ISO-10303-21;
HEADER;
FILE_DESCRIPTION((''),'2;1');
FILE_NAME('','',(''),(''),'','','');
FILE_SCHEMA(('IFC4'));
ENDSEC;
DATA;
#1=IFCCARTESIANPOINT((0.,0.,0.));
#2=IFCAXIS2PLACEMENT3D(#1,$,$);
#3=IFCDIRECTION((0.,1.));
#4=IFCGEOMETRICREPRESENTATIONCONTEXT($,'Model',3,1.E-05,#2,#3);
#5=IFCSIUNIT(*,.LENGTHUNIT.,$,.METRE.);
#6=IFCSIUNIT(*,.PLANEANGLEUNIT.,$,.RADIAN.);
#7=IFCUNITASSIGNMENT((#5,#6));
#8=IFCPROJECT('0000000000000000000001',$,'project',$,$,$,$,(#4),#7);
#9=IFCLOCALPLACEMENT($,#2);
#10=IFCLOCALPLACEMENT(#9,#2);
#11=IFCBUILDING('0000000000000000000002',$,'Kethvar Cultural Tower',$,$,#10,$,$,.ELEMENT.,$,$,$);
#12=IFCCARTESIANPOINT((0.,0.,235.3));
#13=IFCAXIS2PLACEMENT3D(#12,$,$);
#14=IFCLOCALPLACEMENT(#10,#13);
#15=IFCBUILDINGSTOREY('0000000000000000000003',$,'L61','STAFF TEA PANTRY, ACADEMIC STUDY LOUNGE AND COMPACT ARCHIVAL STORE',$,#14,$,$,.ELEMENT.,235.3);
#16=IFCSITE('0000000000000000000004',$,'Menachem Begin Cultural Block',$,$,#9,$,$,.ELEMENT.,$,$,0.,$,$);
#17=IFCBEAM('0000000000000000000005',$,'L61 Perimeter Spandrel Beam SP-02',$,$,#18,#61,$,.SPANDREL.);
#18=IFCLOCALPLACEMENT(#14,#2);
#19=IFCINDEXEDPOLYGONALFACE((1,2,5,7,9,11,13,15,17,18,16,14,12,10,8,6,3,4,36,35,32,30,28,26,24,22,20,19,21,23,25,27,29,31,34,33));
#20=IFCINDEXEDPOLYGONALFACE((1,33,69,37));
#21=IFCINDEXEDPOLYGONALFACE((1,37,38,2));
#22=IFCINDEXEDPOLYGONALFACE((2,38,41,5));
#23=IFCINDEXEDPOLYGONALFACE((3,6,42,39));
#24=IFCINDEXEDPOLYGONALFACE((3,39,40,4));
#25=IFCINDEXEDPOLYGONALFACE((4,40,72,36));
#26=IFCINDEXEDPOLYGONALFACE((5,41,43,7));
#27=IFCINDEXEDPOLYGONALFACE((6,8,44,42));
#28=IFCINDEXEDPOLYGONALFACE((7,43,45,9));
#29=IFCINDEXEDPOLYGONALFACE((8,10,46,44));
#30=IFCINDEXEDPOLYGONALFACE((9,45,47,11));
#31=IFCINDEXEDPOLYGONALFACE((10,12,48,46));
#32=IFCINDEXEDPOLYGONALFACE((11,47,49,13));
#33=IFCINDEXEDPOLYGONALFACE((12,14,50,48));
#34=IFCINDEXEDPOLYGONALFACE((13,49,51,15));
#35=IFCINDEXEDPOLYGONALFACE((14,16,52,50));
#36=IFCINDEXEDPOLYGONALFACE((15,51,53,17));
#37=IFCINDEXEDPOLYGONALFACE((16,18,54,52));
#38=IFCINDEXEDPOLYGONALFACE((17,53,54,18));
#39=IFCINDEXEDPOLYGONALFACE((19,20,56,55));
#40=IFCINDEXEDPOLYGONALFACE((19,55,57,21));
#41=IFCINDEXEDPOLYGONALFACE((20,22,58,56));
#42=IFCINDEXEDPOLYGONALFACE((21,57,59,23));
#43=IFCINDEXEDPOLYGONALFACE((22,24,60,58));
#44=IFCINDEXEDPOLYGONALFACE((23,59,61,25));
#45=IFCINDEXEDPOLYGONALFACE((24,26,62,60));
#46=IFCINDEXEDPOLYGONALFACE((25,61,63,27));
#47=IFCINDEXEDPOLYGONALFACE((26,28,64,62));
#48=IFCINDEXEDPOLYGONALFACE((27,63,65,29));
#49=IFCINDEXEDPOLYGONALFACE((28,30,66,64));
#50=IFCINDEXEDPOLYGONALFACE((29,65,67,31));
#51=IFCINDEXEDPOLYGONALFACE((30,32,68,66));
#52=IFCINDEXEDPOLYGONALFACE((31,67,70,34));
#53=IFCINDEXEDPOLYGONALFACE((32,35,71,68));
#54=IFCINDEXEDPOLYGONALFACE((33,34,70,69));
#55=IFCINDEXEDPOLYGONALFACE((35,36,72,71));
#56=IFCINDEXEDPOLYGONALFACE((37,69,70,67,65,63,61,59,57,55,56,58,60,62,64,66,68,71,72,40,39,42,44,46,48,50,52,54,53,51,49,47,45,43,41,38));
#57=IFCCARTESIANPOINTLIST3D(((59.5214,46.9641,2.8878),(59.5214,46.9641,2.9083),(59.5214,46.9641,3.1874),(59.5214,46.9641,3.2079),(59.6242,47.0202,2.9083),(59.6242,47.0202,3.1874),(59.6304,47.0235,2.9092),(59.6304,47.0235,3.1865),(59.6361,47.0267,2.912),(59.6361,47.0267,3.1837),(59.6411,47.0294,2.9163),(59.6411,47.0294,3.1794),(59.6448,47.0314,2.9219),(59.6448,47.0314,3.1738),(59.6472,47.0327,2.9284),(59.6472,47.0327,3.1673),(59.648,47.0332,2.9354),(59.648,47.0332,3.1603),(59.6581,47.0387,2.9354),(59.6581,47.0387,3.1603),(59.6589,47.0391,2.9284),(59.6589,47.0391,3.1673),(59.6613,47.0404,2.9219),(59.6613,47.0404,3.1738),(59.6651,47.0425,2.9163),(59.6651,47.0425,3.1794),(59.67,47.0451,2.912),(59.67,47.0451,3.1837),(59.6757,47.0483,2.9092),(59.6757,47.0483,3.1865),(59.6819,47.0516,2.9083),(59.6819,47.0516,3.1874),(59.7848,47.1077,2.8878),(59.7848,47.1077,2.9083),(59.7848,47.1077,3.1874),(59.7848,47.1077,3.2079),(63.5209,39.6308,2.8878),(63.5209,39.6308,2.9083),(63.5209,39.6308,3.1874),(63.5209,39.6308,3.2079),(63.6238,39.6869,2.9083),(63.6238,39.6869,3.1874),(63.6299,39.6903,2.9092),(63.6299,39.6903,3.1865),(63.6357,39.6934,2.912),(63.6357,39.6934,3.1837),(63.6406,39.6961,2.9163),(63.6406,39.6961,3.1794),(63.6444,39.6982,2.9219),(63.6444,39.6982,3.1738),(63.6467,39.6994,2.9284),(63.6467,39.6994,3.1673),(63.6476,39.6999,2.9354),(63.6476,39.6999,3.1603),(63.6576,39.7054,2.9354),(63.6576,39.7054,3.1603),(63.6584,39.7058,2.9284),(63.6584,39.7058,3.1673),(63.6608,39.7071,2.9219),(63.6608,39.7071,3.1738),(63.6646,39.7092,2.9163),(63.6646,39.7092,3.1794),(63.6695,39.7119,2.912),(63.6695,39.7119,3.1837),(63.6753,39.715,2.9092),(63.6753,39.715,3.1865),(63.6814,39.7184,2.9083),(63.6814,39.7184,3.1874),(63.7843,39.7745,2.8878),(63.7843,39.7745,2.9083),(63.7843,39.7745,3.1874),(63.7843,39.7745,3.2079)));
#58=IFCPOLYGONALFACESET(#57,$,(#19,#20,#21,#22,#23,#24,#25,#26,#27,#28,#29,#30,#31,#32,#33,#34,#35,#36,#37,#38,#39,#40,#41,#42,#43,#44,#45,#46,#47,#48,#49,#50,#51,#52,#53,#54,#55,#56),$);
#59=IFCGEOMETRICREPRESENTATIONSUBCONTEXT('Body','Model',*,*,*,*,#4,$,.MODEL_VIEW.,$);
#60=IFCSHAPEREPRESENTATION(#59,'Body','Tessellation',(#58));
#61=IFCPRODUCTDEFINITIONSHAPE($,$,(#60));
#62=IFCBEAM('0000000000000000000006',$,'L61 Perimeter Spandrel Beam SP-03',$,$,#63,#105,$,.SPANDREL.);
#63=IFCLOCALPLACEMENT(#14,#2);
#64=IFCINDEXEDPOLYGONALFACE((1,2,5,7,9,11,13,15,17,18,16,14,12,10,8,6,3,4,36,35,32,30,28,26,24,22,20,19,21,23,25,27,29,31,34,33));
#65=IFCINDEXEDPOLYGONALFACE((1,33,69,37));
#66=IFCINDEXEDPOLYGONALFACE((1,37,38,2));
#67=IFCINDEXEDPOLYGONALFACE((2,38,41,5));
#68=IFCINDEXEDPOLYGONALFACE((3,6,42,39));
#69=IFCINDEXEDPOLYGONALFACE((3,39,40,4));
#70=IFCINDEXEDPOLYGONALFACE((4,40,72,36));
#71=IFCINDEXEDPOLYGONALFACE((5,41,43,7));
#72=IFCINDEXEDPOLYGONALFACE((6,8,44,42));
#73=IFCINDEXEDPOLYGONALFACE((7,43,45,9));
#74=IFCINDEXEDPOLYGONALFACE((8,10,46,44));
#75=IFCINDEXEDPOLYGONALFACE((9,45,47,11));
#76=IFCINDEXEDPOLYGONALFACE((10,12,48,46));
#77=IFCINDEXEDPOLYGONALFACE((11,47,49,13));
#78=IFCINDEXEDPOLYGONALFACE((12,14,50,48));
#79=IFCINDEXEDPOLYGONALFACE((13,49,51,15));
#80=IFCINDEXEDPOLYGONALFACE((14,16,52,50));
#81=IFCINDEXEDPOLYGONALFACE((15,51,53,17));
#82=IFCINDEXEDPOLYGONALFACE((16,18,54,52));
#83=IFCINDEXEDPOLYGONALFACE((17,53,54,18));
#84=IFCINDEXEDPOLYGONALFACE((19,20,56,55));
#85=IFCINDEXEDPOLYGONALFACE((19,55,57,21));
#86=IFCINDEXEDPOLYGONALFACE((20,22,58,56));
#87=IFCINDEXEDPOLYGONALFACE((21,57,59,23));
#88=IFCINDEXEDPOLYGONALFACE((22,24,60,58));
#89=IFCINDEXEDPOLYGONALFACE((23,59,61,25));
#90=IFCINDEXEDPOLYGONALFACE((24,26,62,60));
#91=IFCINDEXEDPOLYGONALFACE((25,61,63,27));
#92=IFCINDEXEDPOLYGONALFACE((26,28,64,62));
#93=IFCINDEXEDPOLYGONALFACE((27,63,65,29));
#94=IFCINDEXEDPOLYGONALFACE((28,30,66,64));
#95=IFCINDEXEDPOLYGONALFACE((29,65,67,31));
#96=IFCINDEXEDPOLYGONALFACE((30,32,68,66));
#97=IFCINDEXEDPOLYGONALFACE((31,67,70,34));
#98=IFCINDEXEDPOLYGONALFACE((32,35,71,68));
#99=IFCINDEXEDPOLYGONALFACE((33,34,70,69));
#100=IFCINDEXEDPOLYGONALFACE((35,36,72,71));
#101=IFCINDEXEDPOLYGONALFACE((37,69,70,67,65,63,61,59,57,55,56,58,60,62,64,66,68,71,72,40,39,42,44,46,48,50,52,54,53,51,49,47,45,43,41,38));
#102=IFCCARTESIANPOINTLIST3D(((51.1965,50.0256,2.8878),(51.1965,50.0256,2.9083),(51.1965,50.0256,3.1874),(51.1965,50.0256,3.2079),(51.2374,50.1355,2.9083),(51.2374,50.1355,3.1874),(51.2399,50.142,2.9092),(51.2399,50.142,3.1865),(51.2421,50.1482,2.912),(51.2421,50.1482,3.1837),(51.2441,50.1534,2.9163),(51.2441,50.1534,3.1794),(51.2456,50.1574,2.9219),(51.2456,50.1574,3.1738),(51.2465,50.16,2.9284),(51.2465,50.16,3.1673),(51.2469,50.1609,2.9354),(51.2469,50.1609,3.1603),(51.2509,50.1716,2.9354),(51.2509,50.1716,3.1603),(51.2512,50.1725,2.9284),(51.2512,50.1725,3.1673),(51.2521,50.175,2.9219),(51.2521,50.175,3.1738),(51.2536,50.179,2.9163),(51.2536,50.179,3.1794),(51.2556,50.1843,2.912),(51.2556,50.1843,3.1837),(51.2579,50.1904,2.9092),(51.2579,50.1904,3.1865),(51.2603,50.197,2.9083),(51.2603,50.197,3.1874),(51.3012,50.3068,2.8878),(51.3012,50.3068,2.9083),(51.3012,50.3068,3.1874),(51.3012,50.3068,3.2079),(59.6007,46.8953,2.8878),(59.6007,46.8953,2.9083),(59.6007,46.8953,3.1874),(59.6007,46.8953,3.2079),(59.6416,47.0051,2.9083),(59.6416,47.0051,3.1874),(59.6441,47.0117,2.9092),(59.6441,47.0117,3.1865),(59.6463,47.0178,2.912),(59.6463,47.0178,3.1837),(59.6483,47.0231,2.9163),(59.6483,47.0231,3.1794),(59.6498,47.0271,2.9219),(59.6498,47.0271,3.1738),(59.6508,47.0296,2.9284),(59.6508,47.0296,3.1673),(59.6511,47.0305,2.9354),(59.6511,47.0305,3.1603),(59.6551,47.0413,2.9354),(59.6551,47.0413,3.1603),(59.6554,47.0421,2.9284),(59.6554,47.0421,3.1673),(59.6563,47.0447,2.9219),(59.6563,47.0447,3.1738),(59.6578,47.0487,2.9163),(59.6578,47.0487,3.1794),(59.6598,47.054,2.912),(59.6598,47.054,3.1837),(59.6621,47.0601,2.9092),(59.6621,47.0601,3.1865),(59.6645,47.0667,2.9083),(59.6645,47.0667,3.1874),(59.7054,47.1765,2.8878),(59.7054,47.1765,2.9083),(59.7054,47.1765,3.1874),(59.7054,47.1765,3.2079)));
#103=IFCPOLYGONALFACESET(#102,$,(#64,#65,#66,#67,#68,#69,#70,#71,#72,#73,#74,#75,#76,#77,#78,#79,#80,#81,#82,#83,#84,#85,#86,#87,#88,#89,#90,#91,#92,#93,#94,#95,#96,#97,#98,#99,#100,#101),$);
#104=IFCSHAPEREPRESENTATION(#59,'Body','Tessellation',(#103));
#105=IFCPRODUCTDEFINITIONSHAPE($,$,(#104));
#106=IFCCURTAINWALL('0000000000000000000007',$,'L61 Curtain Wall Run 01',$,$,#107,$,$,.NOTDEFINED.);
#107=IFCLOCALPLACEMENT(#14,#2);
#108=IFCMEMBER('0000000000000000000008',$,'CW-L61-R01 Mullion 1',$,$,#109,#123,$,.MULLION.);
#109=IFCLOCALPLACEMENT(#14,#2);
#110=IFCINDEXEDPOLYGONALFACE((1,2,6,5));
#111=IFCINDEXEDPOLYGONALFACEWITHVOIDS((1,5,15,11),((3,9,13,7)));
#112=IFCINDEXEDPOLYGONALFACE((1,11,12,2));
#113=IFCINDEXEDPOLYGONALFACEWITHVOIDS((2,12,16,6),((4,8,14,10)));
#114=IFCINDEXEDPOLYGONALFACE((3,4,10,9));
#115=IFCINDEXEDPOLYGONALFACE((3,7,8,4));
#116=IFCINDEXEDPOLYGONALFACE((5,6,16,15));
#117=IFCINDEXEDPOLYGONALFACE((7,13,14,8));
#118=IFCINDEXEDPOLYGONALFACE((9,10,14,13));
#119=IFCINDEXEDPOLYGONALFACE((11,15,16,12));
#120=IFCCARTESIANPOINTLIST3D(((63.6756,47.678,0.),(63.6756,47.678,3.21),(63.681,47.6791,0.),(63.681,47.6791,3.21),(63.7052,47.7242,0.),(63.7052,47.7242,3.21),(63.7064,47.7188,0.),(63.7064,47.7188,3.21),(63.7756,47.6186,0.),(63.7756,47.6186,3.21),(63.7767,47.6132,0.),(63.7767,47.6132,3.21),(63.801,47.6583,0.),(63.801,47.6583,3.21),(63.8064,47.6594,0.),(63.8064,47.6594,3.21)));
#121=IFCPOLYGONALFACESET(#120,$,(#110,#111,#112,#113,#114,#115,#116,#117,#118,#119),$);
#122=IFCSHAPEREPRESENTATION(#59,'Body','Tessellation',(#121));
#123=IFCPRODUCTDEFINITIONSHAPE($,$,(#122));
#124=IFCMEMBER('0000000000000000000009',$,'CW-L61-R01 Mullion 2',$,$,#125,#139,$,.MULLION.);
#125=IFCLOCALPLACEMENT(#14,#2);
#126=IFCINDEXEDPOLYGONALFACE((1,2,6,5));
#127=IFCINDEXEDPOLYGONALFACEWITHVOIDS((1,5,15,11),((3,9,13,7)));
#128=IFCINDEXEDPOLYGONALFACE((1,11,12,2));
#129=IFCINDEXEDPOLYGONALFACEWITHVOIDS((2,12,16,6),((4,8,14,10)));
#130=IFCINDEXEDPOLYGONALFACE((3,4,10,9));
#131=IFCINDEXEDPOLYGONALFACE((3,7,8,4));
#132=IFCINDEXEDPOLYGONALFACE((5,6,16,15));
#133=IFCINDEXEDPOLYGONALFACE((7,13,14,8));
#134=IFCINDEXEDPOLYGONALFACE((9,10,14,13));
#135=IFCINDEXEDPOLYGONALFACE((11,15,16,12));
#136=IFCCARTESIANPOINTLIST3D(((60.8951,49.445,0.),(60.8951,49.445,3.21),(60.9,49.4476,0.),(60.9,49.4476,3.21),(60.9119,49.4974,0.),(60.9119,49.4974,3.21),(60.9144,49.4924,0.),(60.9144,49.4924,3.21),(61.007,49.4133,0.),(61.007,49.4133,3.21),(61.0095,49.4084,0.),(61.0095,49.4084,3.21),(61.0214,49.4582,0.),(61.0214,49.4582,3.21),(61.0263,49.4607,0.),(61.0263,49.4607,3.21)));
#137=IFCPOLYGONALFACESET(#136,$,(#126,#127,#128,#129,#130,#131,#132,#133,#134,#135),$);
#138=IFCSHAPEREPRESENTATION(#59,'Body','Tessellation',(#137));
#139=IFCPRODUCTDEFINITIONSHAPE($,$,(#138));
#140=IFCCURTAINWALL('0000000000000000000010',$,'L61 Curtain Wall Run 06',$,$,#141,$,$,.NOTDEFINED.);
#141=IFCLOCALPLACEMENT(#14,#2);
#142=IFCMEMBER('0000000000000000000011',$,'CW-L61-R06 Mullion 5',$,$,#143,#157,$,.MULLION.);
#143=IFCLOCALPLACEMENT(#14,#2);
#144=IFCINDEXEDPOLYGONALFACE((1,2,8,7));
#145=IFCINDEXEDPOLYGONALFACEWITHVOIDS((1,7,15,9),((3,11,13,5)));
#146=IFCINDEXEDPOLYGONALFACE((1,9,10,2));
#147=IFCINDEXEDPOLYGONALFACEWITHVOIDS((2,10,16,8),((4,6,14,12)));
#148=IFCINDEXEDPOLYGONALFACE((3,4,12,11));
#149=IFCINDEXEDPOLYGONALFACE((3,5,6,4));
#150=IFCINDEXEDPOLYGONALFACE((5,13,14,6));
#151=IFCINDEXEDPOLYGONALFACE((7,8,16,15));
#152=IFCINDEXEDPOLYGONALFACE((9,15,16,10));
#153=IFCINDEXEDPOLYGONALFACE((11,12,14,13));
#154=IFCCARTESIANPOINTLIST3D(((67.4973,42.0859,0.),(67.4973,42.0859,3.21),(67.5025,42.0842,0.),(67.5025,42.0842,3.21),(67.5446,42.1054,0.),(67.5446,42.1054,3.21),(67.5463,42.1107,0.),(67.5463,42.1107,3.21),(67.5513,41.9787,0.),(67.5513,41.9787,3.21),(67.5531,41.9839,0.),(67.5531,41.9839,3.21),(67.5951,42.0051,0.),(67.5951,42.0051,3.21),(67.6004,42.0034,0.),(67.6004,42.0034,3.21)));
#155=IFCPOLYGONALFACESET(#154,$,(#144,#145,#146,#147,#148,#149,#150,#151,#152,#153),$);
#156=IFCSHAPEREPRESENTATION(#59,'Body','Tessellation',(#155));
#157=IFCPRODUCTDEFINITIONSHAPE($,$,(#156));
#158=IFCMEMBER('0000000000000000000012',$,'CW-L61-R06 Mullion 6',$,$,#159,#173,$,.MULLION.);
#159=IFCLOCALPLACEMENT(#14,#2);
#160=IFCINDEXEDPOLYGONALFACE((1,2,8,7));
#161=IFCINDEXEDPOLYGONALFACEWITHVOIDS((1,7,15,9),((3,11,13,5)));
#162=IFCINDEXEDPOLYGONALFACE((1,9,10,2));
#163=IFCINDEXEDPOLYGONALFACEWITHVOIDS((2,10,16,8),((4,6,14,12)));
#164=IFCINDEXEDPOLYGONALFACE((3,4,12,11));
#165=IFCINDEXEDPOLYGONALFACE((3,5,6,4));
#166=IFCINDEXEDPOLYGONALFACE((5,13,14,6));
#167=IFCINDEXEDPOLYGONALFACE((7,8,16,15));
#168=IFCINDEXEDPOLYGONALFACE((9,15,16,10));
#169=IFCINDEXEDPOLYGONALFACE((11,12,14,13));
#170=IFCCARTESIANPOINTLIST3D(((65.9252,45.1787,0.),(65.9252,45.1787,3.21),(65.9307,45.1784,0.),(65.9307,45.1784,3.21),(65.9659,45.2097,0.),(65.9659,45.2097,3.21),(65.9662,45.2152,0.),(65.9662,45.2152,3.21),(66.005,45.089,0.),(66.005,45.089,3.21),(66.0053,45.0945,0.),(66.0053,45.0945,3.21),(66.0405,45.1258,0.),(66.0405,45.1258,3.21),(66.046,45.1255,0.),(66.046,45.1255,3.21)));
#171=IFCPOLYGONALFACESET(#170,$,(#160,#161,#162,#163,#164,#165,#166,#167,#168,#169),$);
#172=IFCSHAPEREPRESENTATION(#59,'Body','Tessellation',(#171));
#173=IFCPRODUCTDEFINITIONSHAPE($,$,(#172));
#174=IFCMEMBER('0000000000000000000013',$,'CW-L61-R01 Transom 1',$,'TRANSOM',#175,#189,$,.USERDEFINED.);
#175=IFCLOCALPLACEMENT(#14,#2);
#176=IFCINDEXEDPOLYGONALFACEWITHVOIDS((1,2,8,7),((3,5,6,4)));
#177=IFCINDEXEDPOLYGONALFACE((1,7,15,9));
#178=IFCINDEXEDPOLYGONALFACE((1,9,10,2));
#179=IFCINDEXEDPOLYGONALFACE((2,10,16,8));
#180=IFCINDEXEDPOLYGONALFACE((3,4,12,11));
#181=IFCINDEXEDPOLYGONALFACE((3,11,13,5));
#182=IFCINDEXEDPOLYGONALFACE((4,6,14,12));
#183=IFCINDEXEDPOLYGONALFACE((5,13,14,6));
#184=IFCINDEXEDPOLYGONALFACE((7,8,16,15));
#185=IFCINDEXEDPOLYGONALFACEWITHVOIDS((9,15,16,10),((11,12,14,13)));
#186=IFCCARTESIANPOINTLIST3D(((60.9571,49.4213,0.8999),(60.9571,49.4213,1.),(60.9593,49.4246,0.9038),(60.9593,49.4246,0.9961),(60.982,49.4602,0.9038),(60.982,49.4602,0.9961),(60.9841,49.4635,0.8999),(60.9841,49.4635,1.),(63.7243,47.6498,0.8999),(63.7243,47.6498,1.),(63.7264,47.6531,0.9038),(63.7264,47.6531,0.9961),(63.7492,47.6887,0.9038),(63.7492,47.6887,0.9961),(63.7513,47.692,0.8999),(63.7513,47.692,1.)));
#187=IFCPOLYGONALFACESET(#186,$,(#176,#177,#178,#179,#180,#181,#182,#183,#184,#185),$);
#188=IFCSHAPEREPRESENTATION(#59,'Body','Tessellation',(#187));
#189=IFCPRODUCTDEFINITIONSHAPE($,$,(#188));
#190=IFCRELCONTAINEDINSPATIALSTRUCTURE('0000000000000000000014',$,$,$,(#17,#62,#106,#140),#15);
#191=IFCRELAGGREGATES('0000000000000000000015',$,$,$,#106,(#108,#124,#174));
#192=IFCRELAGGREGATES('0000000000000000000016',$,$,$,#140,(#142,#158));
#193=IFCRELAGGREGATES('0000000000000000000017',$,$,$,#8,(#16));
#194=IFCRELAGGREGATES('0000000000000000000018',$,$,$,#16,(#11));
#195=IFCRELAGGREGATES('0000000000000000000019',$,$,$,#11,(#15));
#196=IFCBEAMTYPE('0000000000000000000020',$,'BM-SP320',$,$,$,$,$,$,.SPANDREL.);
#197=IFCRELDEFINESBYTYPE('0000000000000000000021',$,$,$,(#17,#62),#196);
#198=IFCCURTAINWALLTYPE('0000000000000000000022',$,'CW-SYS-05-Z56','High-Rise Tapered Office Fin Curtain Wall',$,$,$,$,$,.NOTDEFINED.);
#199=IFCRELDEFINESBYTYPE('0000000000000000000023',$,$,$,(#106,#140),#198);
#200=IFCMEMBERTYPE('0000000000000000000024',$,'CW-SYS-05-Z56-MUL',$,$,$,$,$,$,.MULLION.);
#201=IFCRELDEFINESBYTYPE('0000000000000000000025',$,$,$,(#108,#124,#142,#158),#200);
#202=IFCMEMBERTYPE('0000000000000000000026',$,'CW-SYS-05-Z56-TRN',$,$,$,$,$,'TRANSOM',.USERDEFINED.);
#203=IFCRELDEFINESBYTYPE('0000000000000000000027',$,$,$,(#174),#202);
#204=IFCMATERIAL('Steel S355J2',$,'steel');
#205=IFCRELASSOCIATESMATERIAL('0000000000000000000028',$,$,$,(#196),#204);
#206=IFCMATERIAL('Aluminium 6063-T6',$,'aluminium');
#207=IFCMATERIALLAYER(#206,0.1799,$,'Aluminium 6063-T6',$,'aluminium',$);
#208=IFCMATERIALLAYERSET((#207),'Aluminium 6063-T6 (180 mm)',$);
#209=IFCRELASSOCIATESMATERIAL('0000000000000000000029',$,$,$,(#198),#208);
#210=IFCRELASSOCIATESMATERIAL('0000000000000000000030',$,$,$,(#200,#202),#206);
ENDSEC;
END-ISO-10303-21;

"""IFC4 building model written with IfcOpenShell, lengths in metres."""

from ifc_helpers import new_model, si_unit, direction, frame, origin, origin_2d, place, context, subcontext, project, spatial, hollow_rectangle, i_section, extrude, source, transform, mapped, material, layer, layer_set, material_profile, profile_set, type_object, element, aggregate, save


model = new_model("IFC4")

# Units and contexts
model_context = context("Model", 3, precision=1e-05, world=origin(), true_north=direction((0.0, 1.0)))
body_context = subcontext(model_context, "Body", "Model", "MODEL_VIEW")
ifc_project = project(units=[si_unit("LENGTHUNIT", "METRE"), si_unit("PLANEANGLEUNIT", "RADIAN")], contexts=[model_context])

# Site, building, storey
site_placement = place(None, origin())
site = spatial("IfcSite", under=ifc_project, at=site_placement, Name="Menachem Begin Cultural Block", CompositionType="ELEMENT", RefElevation=0.0)
building_placement = place(site_placement, origin())
building = spatial("IfcBuilding", under=site, at=building_placement, Name="Kethvar Cultural Tower", CompositionType="ELEMENT")
storey_placement = place(building_placement, frame((0.0, 0.0, 235.3)))
storey = spatial("IfcBuildingStorey", under=building, at=storey_placement, Name="L61", Description="STAFF TEA PANTRY, ACADEMIC STUDY LOUNGE AND COMPACT ARCHIVAL STORE", CompositionType="ELEMENT", Elevation=235.3)

# Beams
ifc_material_1 = material(Name="Steel S355J2", Category="steel")
ifc_material_profile_1 = material_profile(ifc_material_1, i_section(OverallWidth=0.3, OverallDepth=0.3201, WebThickness=0.0115, FlangeThickness=0.0205, FilletRadius=0.0271, at=origin_2d()), Name="Steel S355J2 — HEB320")
ifc_profile_set_1 = profile_set([ifc_material_profile_1], Name="Steel S355J2 — HEB320")
beam_type = type_object("IfcBeamType", Name="BM-SP320", PredefinedType="SPANDREL", material=ifc_profile_set_1)
shared_shape_1 = source(origin(), body_context, "Body", "SweptSolid", [
    extrude(i_section(OverallWidth=0.3, OverallDepth=0.3201, WebThickness=0.0115, FlangeThickness=0.0205, FilletRadius=0.0271, at=origin_2d()), origin(), (0.0, 0.0, 1.0), 8.353),
])
beam_1_placement = place(storey_placement, frame((63.6526, 39.7026, 3.0479), z_axis=(-0.478811, 0.877918, 0.0), x_axis=(-0.877918, -0.478811, 0.0)))
element("IfcBeam", 1, at=beam_1_placement, inside=storey, type_object=beam_type, Name="L61 Perimeter Spandrel Beam SP-02", PredefinedType="SPANDREL", context=body_context, shape_type="MappedRepresentation", body=[
    mapped(shared_shape_1, transform((0.0, 0.0, 0.0), scale=1.0)),
])
shared_shape_2 = source(origin(), body_context, "Body", "SweptSolid", [
    extrude(i_section(OverallWidth=0.3, OverallDepth=0.3201, WebThickness=0.0115, FlangeThickness=0.0205, FilletRadius=0.0271, at=origin_2d()), origin(), (0.0, 0.0, 1.0), 8.9683),
])
beam_2_placement = place(storey_placement, frame((59.6531, 47.0359, 3.0479), z_axis=(-0.937106, 0.349046, 0.0), x_axis=(-0.349046, -0.937106, 0.0)))
element("IfcBeam", 2, at=beam_2_placement, inside=storey, type_object=beam_type, Name="L61 Perimeter Spandrel Beam SP-03", PredefinedType="SPANDREL", context=body_context, shape_type="MappedRepresentation", body=[
    mapped(shared_shape_2, transform((0.0, 0.0, 0.0), scale=1.0)),
])

# Curtain walls, members
ifc_material_2 = material(Name="Aluminium 6063-T6", Category="aluminium")
ifc_layer_1 = layer(ifc_material_2, 0.1799, Name="Aluminium 6063-T6", Category="aluminium")
ifc_layer_set_1 = layer_set([ifc_layer_1], Name="Aluminium 6063-T6 (180 mm)")
curtain_wall_type = type_object("IfcCurtainWallType", Name="CW-SYS-05-Z56", Description="High-Rise Tapered Office Fin Curtain Wall", PredefinedType="NOTDEFINED", material=ifc_layer_set_1)
curtain_wall_1_placement = place(storey_placement, origin())
curtain_wall_1 = element("IfcCurtainWall", 3, at=curtain_wall_1_placement, inside=storey, type_object=curtain_wall_type, Name="L61 Curtain Wall Run 01", PredefinedType="NOTDEFINED")
ifc_material_profile_2 = material_profile(ifc_material_2, hollow_rectangle(XDim=0.0549, YDim=0.1201, WallThickness=0.0039, at=origin_2d()), Name="Aluminium 6063-T6 — RHS120x55x4")
ifc_profile_set_2 = profile_set([ifc_material_profile_2], Name="Aluminium 6063-T6 — RHS120x55x4")
member_type_1 = type_object("IfcMemberType", Name="CW-SYS-05-Z56-MUL", PredefinedType="MULLION", material=ifc_profile_set_2)
shared_shape_3 = source(origin(), body_context, "Body", "SweptSolid", [
    extrude(hollow_rectangle(XDim=0.0549, YDim=0.1201, WallThickness=0.0039, at=origin_2d()), origin(), (0.0, 0.0, 1.0), 3.21),
])
member_1_placement = place(storey_placement, frame((63.741, 47.6687, 0.0), z_axis=(0.0, 0.0, 1.0), x_axis=(-0.539197, -0.84218, 0.0)))
member_1 = element("IfcMember", 4, at=member_1_placement, type_object=member_type_1, Name="CW-L61-R01 Mullion 1", PredefinedType="MULLION", context=body_context, shape_type="MappedRepresentation", body=[
    mapped(shared_shape_3, transform((0.0, 0.0, 0.0), scale=1.0)),
])
member_2_placement = place(storey_placement, frame((60.9607, 49.4529, 0.0), z_axis=(0.0, 0.0, 1.0), x_axis=(-0.305064, -0.952332, 0.0)))
member_2 = element("IfcMember", 5, at=member_2_placement, type_object=member_type_1, Name="CW-L61-R01 Mullion 2", PredefinedType="MULLION", context=body_context, shape_type="MappedRepresentation", body=[
    mapped(shared_shape_3, transform((0.0, 0.0, 0.0), scale=1.0)),
])
curtain_wall_2_placement = place(storey_placement, origin())
curtain_wall_2 = element("IfcCurtainWall", 6, at=curtain_wall_2_placement, inside=storey, type_object=curtain_wall_type, Name="L61 Curtain Wall Run 06", PredefinedType="NOTDEFINED")
member_3_placement = place(storey_placement, frame((67.5488, 42.0447, 0.0), z_axis=(0.0, 0.0, 1.0), x_axis=(-0.892885, -0.450285, 0.0)))
member_3 = element("IfcMember", 7, at=member_3_placement, type_object=member_type_1, Name="CW-L61-R06 Mullion 5", PredefinedType="MULLION", context=body_context, shape_type="MappedRepresentation", body=[
    mapped(shared_shape_3, transform((0.0, 0.0, 0.0), scale=1.0)),
])
member_4_placement = place(storey_placement, frame((65.9856, 45.1521, 0.0), z_axis=(0.0, 0.0, 1.0), x_axis=(-0.747474, -0.664292, 0.0)))
member_4 = element("IfcMember", 8, at=member_4_placement, type_object=member_type_1, Name="CW-L61-R06 Mullion 6", PredefinedType="MULLION", context=body_context, shape_type="MappedRepresentation", body=[
    mapped(shared_shape_3, transform((0.0, 0.0, 0.0), scale=1.0)),
])

# Member
ifc_material_profile_3 = material_profile(ifc_material_2, hollow_rectangle(XDim=0.05, YDim=0.1001, WallThickness=0.0039, at=origin_2d()), Name="Aluminium 6063-T6 — RHS100x50x4")
ifc_profile_set_3 = profile_set([ifc_material_profile_3], Name="Aluminium 6063-T6 — RHS100x50x4")
member_type_2 = type_object("IfcMemberType", Name="CW-SYS-05-Z56-TRN", ElementType="TRANSOM", PredefinedType="USERDEFINED", material=ifc_profile_set_3)
shared_shape_4 = source(origin(), body_context, "Body", "SweptSolid", [
    extrude(hollow_rectangle(XDim=0.05, YDim=0.1001, WallThickness=0.0039, at=origin_2d()), origin(), (0.0, 0.0, 1.0), 3.2856),
])
member_5_placement = place(storey_placement, frame((63.7378, 47.6709, 0.95), z_axis=(-0.842196, 0.539172, 0.0), x_axis=(-0.539172, -0.842196, 0.0)))
member_5 = element("IfcMember", 9, at=member_5_placement, type_object=member_type_2, Name="CW-L61-R01 Transom 1", ObjectType="TRANSOM", PredefinedType="USERDEFINED", context=body_context, shape_type="MappedRepresentation", body=[
    mapped(shared_shape_4, transform((0.0, 0.0, 0.0), scale=1.0)),
])

aggregate(curtain_wall_1, [member_1, member_2, member_5])
aggregate(curtain_wall_2, [member_3, member_4])

save(model, "model.ifc")
